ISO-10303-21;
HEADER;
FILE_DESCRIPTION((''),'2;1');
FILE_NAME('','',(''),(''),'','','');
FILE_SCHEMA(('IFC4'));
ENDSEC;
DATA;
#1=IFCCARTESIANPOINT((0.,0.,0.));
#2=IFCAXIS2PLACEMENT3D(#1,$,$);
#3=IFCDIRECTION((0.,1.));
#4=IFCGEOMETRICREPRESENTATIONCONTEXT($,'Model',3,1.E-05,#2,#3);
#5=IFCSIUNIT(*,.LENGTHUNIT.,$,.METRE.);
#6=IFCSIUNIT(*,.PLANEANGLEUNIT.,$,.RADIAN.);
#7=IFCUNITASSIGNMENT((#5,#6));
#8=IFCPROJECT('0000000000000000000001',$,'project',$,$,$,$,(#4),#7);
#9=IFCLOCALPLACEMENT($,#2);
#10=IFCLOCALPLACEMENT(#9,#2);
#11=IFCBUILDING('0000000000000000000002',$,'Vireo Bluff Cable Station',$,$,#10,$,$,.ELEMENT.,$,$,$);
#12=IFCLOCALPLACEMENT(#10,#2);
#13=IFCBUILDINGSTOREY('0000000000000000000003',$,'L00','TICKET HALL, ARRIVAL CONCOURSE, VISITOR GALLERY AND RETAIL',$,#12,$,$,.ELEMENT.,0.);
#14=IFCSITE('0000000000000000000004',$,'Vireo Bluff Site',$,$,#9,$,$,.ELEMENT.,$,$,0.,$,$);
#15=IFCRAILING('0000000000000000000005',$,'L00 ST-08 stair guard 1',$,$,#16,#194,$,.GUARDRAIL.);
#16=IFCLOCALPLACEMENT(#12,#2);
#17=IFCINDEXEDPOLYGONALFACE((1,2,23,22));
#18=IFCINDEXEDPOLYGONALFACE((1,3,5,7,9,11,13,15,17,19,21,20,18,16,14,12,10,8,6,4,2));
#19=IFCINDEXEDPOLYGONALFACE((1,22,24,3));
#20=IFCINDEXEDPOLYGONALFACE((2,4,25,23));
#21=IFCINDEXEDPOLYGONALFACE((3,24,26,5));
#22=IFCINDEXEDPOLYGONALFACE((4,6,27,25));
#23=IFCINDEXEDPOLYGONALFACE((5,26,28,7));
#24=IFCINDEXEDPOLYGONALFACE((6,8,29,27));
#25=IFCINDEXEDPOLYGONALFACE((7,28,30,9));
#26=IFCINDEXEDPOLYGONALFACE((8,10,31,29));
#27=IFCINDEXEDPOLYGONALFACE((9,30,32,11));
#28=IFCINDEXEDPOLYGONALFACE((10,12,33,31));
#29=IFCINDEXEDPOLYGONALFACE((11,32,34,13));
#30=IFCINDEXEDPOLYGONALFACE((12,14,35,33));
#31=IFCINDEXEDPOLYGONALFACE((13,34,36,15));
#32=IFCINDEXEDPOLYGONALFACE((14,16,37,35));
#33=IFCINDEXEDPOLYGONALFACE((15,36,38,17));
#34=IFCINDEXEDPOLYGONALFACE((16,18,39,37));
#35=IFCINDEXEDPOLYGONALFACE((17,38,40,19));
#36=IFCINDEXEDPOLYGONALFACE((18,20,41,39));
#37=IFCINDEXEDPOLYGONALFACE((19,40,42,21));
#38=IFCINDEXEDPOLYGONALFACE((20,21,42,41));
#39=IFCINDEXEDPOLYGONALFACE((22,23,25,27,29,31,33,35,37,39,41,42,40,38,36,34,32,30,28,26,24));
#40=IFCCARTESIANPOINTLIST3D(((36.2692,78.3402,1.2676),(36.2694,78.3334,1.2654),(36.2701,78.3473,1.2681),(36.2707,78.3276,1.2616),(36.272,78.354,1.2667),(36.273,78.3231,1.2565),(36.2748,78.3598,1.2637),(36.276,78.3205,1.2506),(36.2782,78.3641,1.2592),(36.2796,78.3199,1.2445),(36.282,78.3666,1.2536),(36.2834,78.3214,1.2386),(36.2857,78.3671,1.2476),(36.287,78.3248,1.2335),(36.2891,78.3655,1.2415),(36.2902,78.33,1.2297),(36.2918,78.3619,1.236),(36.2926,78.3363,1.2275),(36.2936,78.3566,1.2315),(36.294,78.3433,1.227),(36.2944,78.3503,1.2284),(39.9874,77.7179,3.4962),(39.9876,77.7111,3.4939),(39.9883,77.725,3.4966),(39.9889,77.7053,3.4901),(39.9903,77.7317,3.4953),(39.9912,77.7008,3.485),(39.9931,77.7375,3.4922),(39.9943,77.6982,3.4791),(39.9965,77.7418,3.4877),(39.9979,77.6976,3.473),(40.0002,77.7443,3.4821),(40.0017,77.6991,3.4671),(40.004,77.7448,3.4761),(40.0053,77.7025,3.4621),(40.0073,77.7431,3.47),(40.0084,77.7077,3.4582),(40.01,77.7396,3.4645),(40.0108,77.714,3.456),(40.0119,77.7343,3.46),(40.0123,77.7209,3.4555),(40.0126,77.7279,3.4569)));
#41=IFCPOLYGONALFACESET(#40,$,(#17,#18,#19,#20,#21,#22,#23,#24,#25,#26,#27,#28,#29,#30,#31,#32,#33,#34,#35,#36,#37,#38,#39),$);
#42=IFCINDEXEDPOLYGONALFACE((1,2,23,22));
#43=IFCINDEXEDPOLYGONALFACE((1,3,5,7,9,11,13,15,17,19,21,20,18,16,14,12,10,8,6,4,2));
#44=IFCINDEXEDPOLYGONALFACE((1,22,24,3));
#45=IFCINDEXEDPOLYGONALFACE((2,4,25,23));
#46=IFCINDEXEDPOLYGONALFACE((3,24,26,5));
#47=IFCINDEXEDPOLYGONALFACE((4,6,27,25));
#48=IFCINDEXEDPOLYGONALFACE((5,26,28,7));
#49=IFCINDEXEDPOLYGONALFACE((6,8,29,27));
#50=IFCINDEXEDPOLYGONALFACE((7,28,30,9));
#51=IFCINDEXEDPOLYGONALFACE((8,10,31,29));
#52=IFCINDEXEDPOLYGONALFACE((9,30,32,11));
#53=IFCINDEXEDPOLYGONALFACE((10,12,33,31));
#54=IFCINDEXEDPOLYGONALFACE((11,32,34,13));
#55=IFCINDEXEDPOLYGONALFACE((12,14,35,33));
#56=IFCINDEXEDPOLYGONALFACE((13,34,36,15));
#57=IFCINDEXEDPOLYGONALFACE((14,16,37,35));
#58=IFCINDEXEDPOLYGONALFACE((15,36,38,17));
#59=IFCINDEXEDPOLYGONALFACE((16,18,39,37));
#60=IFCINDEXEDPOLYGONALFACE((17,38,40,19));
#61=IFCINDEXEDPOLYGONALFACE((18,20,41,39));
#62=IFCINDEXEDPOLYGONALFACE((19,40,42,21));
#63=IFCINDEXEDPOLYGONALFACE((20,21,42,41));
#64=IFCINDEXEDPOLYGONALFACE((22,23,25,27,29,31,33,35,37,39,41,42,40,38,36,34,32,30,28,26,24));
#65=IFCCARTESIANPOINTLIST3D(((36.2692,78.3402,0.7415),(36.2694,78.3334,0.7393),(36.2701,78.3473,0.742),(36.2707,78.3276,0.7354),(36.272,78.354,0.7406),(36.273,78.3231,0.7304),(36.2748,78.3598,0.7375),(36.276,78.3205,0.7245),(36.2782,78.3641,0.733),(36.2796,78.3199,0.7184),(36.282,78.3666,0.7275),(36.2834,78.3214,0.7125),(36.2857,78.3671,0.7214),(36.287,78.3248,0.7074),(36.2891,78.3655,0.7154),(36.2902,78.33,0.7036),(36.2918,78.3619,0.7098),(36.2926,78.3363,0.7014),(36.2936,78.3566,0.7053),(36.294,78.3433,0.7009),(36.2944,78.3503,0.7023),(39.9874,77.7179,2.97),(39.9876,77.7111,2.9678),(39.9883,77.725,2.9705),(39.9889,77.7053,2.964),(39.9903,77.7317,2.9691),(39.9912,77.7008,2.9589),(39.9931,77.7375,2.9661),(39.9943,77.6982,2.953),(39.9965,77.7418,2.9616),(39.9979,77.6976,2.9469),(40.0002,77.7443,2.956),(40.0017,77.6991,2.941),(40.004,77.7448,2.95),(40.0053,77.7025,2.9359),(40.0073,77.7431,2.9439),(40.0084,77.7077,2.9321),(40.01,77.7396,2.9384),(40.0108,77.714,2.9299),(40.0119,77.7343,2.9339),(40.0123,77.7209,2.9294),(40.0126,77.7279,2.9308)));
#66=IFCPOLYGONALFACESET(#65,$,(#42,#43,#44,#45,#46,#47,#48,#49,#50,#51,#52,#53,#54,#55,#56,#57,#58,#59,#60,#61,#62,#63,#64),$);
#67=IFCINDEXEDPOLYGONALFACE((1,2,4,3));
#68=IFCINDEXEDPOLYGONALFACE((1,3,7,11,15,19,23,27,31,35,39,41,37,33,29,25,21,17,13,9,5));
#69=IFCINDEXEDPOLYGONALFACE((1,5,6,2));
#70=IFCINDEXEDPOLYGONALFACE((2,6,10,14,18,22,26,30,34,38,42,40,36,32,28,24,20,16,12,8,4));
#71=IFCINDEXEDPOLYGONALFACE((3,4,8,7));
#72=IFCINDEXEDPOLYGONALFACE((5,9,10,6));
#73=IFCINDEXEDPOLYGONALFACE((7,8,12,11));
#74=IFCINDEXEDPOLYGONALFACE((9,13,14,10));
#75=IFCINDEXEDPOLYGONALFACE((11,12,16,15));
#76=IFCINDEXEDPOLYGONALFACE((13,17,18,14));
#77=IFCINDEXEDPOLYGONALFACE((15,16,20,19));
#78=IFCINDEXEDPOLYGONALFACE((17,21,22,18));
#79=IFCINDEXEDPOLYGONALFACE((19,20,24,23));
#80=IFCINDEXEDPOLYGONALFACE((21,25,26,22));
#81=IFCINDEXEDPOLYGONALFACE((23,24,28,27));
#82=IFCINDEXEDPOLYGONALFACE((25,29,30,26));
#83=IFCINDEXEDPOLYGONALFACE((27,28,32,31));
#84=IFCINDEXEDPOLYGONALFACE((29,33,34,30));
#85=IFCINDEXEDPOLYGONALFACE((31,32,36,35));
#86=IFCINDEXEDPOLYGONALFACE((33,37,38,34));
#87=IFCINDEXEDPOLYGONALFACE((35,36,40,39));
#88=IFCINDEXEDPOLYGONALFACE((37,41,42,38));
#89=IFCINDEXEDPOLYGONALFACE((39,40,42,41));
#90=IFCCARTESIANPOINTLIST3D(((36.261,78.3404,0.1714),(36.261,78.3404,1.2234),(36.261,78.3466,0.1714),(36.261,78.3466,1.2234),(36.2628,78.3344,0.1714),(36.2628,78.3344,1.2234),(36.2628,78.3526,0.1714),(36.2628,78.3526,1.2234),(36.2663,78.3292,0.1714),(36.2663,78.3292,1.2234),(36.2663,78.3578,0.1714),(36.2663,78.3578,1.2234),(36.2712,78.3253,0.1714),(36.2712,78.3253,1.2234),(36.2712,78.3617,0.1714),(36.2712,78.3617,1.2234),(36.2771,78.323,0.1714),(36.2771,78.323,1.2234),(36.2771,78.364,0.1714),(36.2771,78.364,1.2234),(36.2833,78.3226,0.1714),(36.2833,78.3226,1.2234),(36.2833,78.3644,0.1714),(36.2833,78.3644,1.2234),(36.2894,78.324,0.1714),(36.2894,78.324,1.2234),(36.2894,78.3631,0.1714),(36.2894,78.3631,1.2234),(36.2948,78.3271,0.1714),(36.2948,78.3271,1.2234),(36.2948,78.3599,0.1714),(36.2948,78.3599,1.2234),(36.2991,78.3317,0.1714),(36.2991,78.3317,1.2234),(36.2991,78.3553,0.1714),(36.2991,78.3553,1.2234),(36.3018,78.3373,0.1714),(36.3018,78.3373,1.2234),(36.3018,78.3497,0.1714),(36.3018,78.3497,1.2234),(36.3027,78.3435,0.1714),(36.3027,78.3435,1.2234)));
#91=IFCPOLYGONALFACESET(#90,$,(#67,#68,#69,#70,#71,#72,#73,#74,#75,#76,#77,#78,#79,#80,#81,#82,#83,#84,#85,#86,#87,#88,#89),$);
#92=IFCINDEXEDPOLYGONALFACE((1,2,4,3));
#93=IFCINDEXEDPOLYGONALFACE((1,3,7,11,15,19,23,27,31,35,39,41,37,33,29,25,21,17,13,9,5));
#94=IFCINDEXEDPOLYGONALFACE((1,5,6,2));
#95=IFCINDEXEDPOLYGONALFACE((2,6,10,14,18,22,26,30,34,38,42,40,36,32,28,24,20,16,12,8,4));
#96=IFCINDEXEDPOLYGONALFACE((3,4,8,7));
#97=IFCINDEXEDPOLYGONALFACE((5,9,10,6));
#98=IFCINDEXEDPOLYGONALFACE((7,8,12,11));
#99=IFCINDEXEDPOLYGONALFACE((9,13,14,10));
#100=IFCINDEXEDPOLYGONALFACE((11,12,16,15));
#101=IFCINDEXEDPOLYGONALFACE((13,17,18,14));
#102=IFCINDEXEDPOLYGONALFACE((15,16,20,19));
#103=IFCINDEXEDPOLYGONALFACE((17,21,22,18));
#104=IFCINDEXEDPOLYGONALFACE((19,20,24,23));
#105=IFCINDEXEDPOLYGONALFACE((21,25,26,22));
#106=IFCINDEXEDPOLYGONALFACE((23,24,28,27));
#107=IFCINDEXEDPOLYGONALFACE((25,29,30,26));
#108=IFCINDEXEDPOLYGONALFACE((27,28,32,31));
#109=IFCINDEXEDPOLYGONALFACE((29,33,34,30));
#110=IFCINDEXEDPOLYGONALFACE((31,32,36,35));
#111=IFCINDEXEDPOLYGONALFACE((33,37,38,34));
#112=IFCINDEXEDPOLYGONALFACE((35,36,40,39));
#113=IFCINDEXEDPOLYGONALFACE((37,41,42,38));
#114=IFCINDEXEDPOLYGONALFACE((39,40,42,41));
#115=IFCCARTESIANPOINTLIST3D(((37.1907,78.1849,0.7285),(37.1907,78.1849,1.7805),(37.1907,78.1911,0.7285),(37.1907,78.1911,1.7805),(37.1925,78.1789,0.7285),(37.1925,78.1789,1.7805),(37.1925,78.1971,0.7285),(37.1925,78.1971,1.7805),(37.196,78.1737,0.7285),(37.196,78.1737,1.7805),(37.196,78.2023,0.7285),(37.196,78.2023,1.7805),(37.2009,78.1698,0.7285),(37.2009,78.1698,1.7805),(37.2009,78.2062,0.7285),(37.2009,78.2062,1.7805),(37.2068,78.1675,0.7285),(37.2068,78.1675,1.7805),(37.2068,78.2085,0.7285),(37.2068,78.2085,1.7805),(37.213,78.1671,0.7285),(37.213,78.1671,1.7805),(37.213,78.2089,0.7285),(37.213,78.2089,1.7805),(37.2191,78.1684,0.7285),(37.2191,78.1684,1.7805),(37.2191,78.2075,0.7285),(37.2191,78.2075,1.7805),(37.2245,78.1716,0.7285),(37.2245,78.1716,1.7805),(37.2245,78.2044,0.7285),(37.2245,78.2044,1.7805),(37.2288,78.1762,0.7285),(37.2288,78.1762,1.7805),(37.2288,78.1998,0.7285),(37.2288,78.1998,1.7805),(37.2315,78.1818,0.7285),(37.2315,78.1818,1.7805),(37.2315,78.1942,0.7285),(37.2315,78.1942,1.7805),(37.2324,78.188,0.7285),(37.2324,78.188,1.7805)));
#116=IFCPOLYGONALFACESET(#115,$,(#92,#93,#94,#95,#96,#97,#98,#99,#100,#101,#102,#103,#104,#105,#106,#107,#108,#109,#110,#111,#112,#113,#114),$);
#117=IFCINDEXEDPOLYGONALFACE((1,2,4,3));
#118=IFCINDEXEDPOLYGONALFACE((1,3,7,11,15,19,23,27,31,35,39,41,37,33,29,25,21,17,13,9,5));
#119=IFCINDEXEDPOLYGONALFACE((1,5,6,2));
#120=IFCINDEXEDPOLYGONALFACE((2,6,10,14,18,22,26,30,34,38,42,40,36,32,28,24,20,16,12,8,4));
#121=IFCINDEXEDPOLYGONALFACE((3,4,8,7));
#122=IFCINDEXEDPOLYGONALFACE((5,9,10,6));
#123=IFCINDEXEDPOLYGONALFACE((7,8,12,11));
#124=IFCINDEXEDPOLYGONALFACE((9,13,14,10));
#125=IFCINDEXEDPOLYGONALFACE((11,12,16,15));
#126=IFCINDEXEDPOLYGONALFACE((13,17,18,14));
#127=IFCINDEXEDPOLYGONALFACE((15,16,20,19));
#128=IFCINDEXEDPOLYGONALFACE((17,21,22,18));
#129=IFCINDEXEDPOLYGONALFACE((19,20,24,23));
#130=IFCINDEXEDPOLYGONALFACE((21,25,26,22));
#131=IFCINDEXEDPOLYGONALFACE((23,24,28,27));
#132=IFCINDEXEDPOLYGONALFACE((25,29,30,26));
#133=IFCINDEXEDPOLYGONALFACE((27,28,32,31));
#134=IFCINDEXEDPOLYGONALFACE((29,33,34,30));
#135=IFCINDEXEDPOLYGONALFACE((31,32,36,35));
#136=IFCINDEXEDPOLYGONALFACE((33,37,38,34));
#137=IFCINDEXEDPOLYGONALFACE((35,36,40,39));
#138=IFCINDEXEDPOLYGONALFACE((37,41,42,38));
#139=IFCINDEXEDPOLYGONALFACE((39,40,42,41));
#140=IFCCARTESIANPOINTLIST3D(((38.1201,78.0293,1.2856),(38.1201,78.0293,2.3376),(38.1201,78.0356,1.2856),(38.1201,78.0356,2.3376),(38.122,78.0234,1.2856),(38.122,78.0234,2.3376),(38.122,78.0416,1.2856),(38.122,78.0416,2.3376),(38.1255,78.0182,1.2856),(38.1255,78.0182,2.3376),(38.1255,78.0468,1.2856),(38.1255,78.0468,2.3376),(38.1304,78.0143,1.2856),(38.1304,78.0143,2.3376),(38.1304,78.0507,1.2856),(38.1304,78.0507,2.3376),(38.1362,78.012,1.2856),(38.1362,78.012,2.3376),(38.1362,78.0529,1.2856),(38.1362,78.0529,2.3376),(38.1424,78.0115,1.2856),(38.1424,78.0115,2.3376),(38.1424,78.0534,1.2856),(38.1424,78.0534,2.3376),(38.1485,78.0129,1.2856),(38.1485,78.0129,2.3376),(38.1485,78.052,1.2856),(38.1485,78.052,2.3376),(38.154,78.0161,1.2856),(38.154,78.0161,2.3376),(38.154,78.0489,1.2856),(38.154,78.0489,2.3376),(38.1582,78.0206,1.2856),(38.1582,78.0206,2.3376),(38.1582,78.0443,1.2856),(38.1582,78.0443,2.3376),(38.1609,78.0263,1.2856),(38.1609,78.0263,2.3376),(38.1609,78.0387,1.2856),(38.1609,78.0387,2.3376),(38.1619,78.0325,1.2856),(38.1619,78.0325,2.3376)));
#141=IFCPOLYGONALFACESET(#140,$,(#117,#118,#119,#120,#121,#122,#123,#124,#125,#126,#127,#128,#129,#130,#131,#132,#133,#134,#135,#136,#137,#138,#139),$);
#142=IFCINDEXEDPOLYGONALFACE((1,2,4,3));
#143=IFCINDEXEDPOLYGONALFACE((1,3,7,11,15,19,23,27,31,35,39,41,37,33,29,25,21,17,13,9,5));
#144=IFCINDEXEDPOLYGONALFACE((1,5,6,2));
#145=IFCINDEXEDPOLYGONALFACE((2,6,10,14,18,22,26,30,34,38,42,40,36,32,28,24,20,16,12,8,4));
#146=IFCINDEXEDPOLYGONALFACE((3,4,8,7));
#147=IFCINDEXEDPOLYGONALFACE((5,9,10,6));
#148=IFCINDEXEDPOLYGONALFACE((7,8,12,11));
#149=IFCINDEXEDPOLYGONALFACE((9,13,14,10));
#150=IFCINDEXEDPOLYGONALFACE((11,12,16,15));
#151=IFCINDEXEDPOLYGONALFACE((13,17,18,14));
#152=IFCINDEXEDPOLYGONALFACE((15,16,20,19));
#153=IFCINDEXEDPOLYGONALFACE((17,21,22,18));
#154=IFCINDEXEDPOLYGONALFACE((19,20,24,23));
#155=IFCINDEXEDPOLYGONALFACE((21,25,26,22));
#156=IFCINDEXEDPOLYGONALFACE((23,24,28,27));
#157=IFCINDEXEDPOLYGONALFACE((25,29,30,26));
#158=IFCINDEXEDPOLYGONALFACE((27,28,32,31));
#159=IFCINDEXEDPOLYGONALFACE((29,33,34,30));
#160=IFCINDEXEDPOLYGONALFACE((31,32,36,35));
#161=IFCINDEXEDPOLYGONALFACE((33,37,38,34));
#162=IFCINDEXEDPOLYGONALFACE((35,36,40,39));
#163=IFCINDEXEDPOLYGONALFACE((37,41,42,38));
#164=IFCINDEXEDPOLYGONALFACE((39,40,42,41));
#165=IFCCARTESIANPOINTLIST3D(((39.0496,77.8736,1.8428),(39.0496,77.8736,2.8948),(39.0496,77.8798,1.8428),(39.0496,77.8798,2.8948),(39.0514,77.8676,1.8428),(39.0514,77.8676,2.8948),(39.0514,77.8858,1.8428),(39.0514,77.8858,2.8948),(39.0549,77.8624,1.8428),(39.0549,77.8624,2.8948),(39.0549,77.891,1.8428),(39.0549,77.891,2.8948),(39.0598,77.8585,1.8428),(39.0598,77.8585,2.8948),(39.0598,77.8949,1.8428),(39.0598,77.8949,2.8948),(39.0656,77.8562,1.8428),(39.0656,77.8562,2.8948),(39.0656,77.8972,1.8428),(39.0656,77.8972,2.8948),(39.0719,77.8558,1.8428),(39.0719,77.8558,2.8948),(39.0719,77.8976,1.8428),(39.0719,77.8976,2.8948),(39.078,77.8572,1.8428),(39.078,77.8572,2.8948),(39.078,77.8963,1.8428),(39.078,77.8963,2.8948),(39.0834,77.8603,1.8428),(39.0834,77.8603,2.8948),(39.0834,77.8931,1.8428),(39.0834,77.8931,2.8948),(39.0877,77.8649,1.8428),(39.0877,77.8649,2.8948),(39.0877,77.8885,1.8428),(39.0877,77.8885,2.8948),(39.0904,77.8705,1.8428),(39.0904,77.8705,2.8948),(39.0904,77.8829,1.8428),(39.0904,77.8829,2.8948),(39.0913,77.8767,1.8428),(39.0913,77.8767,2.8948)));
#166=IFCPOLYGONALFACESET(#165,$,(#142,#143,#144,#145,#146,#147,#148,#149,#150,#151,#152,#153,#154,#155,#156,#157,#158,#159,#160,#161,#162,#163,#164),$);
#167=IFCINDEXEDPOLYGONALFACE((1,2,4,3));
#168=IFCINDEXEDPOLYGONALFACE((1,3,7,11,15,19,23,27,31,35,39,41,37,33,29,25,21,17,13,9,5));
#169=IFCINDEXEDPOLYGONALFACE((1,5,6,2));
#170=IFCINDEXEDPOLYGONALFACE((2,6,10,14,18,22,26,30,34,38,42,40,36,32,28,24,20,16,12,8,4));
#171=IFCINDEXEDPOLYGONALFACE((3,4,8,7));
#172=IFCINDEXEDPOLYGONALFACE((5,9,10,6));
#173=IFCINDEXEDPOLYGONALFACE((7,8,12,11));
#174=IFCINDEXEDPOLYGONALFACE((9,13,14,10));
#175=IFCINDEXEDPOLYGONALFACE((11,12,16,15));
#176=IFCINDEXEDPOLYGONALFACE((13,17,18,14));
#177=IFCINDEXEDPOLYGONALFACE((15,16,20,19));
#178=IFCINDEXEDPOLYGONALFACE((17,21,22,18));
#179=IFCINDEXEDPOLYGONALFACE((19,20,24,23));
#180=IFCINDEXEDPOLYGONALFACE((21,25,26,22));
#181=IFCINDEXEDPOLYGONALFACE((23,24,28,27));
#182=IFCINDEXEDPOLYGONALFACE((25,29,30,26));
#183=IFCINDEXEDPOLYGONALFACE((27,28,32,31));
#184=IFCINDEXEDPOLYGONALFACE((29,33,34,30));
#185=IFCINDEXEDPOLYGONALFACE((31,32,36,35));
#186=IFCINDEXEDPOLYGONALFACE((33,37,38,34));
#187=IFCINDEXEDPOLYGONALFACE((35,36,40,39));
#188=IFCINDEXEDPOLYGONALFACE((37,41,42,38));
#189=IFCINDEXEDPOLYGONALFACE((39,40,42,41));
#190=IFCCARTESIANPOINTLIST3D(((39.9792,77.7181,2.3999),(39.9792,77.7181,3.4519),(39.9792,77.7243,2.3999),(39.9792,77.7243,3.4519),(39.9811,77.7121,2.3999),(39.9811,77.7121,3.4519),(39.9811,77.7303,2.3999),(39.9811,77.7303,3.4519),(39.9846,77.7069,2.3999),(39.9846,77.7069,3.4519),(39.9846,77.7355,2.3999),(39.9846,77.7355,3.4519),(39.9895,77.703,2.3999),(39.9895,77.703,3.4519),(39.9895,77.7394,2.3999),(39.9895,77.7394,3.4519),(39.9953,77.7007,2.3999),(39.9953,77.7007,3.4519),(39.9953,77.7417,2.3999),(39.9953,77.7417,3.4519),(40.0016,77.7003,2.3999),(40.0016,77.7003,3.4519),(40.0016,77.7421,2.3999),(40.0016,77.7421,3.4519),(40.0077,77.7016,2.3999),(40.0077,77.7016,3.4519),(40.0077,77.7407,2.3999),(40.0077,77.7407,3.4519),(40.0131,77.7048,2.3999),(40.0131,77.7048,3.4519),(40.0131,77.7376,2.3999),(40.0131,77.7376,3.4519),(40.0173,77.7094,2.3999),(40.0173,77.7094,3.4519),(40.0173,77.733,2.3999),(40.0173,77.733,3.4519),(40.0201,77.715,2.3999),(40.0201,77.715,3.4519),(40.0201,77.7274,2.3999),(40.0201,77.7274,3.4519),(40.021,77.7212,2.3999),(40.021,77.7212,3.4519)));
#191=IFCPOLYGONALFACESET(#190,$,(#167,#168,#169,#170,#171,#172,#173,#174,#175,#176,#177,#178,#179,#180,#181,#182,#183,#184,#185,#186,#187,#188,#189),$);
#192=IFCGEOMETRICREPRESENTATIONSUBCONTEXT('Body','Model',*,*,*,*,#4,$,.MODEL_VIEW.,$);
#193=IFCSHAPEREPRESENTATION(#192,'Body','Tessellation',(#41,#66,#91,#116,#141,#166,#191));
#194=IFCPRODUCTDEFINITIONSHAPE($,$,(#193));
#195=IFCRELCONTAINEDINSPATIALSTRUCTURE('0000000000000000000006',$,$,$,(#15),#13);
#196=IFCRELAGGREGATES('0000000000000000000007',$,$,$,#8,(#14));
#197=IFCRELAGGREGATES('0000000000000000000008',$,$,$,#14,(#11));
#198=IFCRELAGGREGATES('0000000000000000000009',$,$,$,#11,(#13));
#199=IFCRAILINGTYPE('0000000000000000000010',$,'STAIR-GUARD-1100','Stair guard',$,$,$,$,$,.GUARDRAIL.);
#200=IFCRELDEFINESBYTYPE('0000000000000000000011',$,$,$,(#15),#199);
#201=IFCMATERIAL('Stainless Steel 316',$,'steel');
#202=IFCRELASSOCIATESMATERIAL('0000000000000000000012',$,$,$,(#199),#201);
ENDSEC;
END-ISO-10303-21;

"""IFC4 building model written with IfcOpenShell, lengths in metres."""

from ifc_helpers import new_model, si_unit, direction, frame, origin, origin_2d, place, context, subcontext, project, spatial, circle, extrude, material, type_object, element, save


model = new_model("IFC4")

# Units and contexts
model_context = context("Model", 3, precision=1e-05, world=origin(), true_north=direction((0.0, 1.0)))
body_context = subcontext(model_context, "Body", "Model", "MODEL_VIEW")
ifc_project = project(units=[si_unit("LENGTHUNIT", "METRE"), si_unit("PLANEANGLEUNIT", "RADIAN")], contexts=[model_context])

# Site, building, storey
site_placement = place(None, origin())
site = spatial("IfcSite", under=ifc_project, at=site_placement, Name="Vireo Bluff Site", CompositionType="ELEMENT", RefElevation=0.0)
building_placement = place(site_placement, origin())
building = spatial("IfcBuilding", under=site, at=building_placement, Name="Vireo Bluff Cable Station", CompositionType="ELEMENT")
storey_placement = place(building_placement, origin())
storey = spatial("IfcBuildingStorey", under=building, at=storey_placement, Name="L00", Description="TICKET HALL, ARRIVAL CONCOURSE, VISITOR GALLERY AND RETAIL", CompositionType="ELEMENT", Elevation=0.0)

# Railing
ifc_material_1 = material(Name="Stainless Steel 316", Category="steel")
railing_type = type_object("IfcRailingType", Name="STAIR-GUARD-1100", Description="Stair guard", PredefinedType="GUARDRAIL", material=ifc_material_1)
railing_1_placement = place(storey_placement, frame((36.2817, 78.3435, 0.1714)))
element("IfcRailing", 1, at=railing_1_placement, inside=storey, type_object=railing_type, Name="L00 ST-08 stair guard 1", PredefinedType="GUARDRAIL", context=body_context, shape_type="SweptSolid", body=[
    extrude(circle(Radius=0.0239, at=origin_2d()), frame((0.0, 0.0, 1.0762), z_axis=(0.849037, -0.142101, 0.508865), x_axis=(0.165071, 0.986282, 0.0)), (0.0, 0.0, 1.0), 4.3794),
    extrude(circle(Radius=0.0239, at=origin_2d()), frame((0.0, 0.0, 0.55), z_axis=(0.849037, -0.142101, 0.508865), x_axis=(0.165071, 0.986282, 0.0)), (0.0, 0.0, 1.0), 4.3794),
    extrude(circle(Radius=0.021, at=origin_2d()), origin(), (0.0, 0.0, 1.0), 1.052),
    extrude(circle(Radius=0.021, at=origin_2d()), frame((0.9297, -0.1555, 0.5571)), (0.0, 0.0, 1.0), 1.052),
    extrude(circle(Radius=0.021, at=origin_2d()), frame((1.8591, -0.311, 1.1143)), (0.0, 0.0, 1.0), 1.052),
    extrude(circle(Radius=0.021, at=origin_2d()), frame((2.7886, -0.4668, 1.6714)), (0.0, 0.0, 1.0), 1.052),
    extrude(circle(Radius=0.021, at=origin_2d()), frame((3.7183, -0.6223, 2.2285)), (0.0, 0.0, 1.0), 1.052),
])

save(model, "model.ifc")
